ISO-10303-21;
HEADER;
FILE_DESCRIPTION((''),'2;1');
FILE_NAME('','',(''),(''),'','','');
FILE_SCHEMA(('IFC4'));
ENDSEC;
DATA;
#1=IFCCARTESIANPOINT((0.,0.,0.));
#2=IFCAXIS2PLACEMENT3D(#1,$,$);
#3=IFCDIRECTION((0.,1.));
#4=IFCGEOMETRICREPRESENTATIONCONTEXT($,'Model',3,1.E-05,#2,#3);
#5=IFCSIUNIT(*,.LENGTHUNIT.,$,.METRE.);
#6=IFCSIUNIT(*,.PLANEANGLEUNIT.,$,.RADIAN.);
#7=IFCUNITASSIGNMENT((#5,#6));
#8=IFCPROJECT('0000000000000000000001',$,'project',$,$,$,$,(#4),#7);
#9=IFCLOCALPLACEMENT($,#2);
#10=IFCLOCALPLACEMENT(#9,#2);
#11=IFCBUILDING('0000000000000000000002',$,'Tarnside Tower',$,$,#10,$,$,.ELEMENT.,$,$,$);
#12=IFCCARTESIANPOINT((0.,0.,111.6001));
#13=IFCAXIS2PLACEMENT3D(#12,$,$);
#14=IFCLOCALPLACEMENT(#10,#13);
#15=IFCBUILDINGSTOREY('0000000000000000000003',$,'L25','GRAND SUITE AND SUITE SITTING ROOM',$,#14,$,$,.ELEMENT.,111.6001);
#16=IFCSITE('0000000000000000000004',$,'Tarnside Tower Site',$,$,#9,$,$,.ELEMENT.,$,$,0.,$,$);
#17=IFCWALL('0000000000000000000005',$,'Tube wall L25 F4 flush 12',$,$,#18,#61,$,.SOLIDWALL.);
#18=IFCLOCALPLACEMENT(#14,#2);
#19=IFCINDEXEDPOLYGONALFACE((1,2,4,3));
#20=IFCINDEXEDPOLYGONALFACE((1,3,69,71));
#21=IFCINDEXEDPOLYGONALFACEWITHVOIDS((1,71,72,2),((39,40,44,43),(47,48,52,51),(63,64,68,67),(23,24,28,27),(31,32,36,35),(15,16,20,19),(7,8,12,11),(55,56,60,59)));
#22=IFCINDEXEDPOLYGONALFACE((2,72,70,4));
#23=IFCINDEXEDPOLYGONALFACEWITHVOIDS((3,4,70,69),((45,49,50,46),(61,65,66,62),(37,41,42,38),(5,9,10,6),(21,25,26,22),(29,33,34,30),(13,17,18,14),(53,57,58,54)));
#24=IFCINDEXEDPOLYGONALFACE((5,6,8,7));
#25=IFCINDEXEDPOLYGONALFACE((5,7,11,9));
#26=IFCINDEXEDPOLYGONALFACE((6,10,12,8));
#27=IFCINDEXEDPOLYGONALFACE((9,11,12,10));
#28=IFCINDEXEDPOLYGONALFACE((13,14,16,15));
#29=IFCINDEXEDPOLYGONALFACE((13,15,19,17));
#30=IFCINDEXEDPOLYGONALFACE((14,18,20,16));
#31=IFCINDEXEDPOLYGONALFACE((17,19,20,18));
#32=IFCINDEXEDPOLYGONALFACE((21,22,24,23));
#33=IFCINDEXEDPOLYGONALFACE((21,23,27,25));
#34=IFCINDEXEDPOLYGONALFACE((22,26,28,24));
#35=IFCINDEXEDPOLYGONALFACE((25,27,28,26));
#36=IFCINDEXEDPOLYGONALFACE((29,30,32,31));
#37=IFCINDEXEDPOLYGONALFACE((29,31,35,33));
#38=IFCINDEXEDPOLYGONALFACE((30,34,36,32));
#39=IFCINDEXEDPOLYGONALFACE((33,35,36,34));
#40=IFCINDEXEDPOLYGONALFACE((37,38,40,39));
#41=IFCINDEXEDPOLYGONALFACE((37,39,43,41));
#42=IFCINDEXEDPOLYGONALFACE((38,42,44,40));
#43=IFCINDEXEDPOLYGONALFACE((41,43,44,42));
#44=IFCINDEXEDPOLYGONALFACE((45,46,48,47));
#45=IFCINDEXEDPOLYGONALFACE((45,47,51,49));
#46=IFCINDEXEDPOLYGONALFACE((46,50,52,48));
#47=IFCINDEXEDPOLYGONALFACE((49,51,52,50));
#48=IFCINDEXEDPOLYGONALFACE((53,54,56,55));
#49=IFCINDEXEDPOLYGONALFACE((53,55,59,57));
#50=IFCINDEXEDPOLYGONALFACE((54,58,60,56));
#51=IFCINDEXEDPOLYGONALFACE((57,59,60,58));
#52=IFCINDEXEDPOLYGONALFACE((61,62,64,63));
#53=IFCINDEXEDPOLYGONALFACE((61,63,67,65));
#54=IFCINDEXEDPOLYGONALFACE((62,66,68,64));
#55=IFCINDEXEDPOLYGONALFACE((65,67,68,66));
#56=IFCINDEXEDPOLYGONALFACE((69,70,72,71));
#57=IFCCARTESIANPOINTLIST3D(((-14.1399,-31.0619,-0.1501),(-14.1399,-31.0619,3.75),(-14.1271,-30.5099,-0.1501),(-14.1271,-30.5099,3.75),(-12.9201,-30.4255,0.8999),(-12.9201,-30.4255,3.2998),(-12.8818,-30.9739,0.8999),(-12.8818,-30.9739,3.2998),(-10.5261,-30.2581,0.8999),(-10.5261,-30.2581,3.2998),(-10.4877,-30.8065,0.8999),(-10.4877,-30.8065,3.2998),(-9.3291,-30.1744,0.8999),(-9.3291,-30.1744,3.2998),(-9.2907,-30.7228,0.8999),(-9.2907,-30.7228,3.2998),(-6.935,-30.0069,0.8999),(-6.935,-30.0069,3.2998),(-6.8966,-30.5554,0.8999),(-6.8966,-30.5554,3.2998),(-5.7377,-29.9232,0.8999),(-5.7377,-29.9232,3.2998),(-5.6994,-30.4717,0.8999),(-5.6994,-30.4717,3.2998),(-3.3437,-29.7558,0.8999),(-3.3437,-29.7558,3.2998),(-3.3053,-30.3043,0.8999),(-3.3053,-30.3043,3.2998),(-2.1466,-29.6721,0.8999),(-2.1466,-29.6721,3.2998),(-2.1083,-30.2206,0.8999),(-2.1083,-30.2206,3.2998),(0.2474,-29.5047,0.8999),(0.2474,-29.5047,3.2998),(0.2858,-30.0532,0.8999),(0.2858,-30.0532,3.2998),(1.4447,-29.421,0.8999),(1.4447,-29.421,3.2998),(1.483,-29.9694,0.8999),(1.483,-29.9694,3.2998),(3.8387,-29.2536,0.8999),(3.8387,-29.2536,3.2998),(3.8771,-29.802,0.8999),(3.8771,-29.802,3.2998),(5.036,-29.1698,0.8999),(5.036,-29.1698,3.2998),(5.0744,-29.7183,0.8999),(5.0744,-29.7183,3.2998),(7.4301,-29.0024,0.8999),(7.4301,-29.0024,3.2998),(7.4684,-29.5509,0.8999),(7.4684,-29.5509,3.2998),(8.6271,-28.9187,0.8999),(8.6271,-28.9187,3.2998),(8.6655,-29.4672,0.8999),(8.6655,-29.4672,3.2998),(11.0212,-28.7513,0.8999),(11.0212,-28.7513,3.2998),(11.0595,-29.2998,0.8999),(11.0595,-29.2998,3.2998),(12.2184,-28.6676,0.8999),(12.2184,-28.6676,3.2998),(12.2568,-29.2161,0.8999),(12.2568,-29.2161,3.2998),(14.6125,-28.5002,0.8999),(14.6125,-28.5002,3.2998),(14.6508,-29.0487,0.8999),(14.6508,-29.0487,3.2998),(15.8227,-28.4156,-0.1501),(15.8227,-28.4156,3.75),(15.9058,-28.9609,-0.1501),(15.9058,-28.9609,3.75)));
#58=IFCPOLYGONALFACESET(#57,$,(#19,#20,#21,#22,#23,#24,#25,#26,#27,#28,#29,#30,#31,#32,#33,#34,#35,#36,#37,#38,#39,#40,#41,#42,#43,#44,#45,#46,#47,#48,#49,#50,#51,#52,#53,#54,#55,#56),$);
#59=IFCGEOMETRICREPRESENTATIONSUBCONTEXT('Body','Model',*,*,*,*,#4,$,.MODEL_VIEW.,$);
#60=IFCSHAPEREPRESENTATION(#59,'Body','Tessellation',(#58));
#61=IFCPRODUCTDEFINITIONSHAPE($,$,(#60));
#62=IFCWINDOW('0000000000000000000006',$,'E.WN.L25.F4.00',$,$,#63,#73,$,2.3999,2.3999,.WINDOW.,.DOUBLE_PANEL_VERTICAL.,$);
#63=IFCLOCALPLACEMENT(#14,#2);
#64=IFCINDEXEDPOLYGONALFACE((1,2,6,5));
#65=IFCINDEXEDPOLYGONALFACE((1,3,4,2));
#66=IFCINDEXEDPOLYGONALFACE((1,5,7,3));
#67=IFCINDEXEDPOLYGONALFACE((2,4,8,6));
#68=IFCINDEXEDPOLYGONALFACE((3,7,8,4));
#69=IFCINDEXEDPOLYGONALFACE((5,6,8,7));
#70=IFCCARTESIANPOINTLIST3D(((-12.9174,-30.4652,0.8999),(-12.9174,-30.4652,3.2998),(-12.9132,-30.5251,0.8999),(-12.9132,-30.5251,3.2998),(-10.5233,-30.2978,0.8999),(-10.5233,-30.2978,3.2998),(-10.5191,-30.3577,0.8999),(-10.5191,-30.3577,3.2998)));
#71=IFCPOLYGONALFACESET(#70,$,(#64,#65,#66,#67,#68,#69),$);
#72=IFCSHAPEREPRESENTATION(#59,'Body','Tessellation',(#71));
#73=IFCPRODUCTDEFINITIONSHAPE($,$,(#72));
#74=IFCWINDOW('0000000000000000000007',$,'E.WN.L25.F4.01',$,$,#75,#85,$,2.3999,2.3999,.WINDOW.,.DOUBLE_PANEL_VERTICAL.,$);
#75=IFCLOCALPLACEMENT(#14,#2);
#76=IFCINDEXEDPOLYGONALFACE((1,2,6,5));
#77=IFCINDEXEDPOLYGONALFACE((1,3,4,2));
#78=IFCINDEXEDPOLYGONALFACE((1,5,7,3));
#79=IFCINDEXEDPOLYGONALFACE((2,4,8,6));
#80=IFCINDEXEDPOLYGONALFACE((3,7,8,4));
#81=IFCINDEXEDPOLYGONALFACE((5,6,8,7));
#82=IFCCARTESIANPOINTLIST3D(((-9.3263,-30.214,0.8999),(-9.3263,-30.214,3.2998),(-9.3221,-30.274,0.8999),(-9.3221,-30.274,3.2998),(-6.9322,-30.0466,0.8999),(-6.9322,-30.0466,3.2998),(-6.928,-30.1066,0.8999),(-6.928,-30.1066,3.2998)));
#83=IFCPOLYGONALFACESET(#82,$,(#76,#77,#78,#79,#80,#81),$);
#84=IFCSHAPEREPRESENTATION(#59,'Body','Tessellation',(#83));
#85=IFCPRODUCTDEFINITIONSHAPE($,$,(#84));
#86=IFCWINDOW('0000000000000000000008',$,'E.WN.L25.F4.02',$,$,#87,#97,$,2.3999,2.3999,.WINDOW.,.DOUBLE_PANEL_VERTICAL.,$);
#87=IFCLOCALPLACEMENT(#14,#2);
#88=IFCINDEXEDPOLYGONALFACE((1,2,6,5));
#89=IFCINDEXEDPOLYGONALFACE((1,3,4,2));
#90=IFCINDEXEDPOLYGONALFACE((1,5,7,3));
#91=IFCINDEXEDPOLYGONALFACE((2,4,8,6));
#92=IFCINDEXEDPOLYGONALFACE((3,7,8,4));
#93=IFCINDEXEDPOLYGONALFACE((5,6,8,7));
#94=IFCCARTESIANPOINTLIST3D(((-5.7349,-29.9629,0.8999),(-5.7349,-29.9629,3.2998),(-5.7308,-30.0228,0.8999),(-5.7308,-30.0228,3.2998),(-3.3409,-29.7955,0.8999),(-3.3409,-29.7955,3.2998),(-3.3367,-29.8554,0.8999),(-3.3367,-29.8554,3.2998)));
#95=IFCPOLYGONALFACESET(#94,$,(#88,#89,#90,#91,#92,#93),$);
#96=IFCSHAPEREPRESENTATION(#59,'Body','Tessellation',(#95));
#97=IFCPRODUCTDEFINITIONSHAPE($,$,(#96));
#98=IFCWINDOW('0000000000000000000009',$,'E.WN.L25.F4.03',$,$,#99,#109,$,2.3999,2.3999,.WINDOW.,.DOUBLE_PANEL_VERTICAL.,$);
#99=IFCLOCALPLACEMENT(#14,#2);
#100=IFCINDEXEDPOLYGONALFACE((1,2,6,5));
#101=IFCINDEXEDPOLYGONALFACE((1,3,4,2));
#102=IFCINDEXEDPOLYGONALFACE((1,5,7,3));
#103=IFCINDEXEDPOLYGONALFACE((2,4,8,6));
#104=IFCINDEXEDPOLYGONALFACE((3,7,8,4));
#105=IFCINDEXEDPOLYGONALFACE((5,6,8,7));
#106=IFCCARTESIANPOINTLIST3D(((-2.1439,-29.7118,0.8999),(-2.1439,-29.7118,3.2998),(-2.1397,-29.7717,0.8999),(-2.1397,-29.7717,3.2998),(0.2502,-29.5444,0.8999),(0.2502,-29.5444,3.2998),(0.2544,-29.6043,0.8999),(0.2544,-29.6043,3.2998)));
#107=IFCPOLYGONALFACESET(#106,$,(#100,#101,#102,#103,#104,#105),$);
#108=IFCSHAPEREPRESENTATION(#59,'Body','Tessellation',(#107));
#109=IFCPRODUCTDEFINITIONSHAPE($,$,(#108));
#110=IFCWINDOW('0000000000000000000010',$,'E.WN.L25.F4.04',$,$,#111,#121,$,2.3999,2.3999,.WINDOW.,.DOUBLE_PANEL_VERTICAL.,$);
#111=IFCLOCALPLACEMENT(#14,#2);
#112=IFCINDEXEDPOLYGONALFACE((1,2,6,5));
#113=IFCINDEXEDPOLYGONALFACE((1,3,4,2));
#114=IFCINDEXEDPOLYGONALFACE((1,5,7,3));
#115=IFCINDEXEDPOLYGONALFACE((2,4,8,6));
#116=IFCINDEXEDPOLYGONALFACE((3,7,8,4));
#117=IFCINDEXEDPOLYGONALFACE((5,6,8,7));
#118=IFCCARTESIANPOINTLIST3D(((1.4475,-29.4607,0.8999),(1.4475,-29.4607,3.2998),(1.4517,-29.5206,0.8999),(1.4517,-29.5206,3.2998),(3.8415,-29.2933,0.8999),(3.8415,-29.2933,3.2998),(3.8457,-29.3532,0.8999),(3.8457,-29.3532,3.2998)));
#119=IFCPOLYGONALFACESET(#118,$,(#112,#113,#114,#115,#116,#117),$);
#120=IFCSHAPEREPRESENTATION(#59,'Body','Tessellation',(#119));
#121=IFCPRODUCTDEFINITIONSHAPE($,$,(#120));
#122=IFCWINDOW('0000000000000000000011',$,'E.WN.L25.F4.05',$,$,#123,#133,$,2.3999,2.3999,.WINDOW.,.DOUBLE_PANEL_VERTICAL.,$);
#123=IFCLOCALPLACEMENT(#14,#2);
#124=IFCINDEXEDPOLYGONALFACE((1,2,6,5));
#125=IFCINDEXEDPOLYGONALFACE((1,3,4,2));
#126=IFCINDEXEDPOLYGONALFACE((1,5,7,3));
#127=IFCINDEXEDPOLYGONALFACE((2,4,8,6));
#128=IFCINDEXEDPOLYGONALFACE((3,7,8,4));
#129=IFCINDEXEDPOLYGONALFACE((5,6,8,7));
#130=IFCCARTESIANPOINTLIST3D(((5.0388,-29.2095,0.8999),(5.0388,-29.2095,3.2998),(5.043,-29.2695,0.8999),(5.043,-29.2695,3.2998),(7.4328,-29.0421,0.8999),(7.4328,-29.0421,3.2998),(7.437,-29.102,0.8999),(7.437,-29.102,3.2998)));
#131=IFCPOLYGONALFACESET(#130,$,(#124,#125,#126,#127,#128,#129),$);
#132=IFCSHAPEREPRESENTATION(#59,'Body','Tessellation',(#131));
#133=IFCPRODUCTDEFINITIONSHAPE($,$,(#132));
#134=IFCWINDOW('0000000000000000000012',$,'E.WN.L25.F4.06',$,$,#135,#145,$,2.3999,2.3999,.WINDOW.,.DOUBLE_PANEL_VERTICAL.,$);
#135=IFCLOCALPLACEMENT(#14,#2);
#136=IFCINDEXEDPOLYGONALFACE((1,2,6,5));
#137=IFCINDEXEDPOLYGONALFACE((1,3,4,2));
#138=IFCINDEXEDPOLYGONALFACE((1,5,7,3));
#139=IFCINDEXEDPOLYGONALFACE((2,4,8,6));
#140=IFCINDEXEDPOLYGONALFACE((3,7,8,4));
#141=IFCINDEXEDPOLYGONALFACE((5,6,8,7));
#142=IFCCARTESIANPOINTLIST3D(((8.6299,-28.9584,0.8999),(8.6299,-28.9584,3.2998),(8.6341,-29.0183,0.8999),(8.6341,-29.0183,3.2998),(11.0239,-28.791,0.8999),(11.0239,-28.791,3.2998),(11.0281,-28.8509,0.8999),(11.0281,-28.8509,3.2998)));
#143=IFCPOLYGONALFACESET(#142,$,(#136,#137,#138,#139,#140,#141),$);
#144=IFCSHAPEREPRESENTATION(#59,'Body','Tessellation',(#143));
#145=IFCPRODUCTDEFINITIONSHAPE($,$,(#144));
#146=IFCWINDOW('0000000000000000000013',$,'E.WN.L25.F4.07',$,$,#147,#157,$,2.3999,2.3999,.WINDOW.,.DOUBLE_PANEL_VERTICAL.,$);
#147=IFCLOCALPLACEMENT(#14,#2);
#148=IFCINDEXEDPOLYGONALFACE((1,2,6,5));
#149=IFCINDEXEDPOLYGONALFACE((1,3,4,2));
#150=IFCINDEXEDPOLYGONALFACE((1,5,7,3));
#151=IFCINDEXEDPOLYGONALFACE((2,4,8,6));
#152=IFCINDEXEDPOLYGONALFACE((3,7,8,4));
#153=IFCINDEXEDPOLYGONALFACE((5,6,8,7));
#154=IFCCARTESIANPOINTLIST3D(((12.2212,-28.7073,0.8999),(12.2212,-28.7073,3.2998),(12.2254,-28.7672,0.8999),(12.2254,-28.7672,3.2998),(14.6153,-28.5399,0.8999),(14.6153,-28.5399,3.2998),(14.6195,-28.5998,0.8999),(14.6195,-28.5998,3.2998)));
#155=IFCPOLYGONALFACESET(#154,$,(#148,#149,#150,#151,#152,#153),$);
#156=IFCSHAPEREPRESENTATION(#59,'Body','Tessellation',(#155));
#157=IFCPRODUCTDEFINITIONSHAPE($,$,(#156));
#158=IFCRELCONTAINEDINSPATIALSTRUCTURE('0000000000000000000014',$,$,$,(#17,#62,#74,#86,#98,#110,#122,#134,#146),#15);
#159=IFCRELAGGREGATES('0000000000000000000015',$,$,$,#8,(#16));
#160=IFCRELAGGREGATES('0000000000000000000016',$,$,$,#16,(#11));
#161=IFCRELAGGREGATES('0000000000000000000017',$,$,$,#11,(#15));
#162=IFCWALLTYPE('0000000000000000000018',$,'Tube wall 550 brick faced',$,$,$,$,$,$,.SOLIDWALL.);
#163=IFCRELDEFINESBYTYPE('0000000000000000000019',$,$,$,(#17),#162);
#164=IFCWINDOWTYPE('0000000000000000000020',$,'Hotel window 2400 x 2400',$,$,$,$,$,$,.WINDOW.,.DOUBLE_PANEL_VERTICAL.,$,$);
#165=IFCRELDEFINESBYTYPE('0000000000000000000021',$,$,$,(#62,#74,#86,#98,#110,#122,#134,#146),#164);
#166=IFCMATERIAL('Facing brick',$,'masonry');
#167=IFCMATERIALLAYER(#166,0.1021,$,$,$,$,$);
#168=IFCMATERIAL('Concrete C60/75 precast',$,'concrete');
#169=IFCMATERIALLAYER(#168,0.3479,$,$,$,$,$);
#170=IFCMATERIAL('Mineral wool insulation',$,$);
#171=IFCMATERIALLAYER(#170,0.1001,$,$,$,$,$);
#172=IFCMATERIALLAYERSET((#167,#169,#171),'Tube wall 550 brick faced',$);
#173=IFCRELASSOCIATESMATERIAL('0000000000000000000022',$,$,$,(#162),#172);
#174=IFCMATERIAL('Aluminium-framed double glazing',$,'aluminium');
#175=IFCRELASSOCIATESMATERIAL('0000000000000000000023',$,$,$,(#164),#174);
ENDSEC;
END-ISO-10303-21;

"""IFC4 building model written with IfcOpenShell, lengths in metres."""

from ifc_helpers import new_model, si_unit, direction, frame, frame_2d, origin, place, context, subcontext, project, spatial, polyline, rectangle, outline, extrude, material, layer, layer_set, type_object, element, fill, save


model = new_model("IFC4")

# Units and contexts
model_context = context("Model", 3, precision=1e-05, world=origin(), true_north=direction((0.0, 1.0)))
body_context = subcontext(model_context, "Body", "Model", "MODEL_VIEW")
ifc_project = project(units=[si_unit("LENGTHUNIT", "METRE"), si_unit("PLANEANGLEUNIT", "RADIAN")], contexts=[model_context])

# Site, building, storey
site_placement = place(None, origin())
site = spatial("IfcSite", under=ifc_project, at=site_placement, Name="Tarnside Tower Site", CompositionType="ELEMENT", RefElevation=0.0)
building_placement = place(site_placement, origin())
building = spatial("IfcBuilding", under=site, at=building_placement, Name="Tarnside Tower", CompositionType="ELEMENT")
storey_placement = place(building_placement, frame((0.0, 0.0, 111.6001)))
storey = spatial("IfcBuildingStorey", under=building, at=storey_placement, Name="L25", Description="GRAND SUITE AND SUITE SITTING ROOM", CompositionType="ELEMENT", Elevation=111.6001)

# Shared definitions
ifc_material_1 = material(Name="Facing brick", Category="masonry")
ifc_layer_1 = layer(ifc_material_1, 0.1021)
ifc_material_2 = material(Name="Concrete C60/75 precast", Category="concrete")
ifc_layer_2 = layer(ifc_material_2, 0.3479)
ifc_material_3 = material(Name="Mineral wool insulation")
ifc_layer_3 = layer(ifc_material_3, 0.1001)
ifc_layer_set_1 = layer_set([ifc_layer_1, ifc_layer_2, ifc_layer_3], Name="Tube wall 550 brick faced")
wall_type_1 = type_object("IfcWallType", Name="Tube wall 550 brick faced", PredefinedType="SOLIDWALL", material=ifc_layer_set_1)

# Wall, openings, windows
wall_1_placement = place(storey_placement, frame((-14.1335, -30.7859, -0.1501), z_axis=(0.0, 0.0, 1.0), x_axis=(0.997564, 0.069757, 0.0)))
wall_1 = element("IfcWall", 1, at=wall_1_placement, inside=storey, type_object=wall_type_1, Name="Tube wall L25 F4 flush 12", PredefinedType="SOLIDWALL", context=body_context, shape_type="SweptSolid", body=[
    extrude(outline(polyline([(-0.0256, -0.2749), (30.0935, -0.2749), (30.0486, 0.2749), (0.0256, 0.2749), (-0.0256, -0.2749)])), origin(), (0.0, 0.0, 1.0), 3.9001),
])
opening_1_placement = place(wall_1_placement, frame((1.2356, 0.0, 1.05)))
opening_1 = element("IfcOpeningElement", 2, at=opening_1_placement, cuts=wall_1, PredefinedType="OPENING", context=body_context, shape_type="SweptSolid", body=[
    extrude(rectangle(XDim=2.3999, YDim=2.3999, at=frame_2d((1.2, 1.2))), frame((0.0, 0.2852, 0.0), z_axis=(0.0, -1.0, 0.0), x_axis=(1.0, 0.0, 0.0)), (0.0, 0.0, 1.0), 0.5701),
])
opening_2_placement = place(wall_1_placement, frame((4.8354, 0.0, 1.05)))
opening_2 = element("IfcOpeningElement", 3, at=opening_2_placement, cuts=wall_1, PredefinedType="OPENING", context=body_context, shape_type="SweptSolid", body=[
    extrude(rectangle(XDim=2.3999, YDim=2.3999, at=frame_2d((1.2, 1.2))), frame((0.0, 0.2852, 0.0), z_axis=(0.0, -1.0, 0.0), x_axis=(1.0, 0.0, 0.0)), (0.0, 0.0, 1.0), 0.5701),
])
opening_3_placement = place(wall_1_placement, frame((8.4355, 0.0, 1.05)))
opening_3 = element("IfcOpeningElement", 4, at=opening_3_placement, cuts=wall_1, PredefinedType="OPENING", context=body_context, shape_type="SweptSolid", body=[
    extrude(rectangle(XDim=2.3999, YDim=2.3999, at=frame_2d((1.2, 1.2))), frame((0.0, 0.2852, 0.0), z_axis=(0.0, -1.0, 0.0), x_axis=(1.0, 0.0, 0.0)), (0.0, 0.0, 1.0), 0.5701),
])
opening_4_placement = place(wall_1_placement, frame((12.0354, 0.0, 1.05)))
opening_4 = element("IfcOpeningElement", 5, at=opening_4_placement, cuts=wall_1, PredefinedType="OPENING", context=body_context, shape_type="SweptSolid", body=[
    extrude(rectangle(XDim=2.3999, YDim=2.3999, at=frame_2d((1.2, 1.2))), frame((0.0, 0.2852, 0.0), z_axis=(0.0, -1.0, 0.0), x_axis=(1.0, 0.0, 0.0)), (0.0, 0.0, 1.0), 0.5701),
])
opening_5_placement = place(wall_1_placement, frame((15.6355, 0.0, 1.05)))
opening_5 = element("IfcOpeningElement", 6, at=opening_5_placement, cuts=wall_1, PredefinedType="OPENING", context=body_context, shape_type="SweptSolid", body=[
    extrude(rectangle(XDim=2.3999, YDim=2.3999, at=frame_2d((1.2, 1.2))), frame((0.0, 0.2852, 0.0), z_axis=(0.0, -1.0, 0.0), x_axis=(1.0, 0.0, 0.0)), (0.0, 0.0, 1.0), 0.5701),
])
opening_6_placement = place(wall_1_placement, frame((19.2356, 0.0, 1.05)))
opening_6 = element("IfcOpeningElement", 7, at=opening_6_placement, cuts=wall_1, PredefinedType="OPENING", context=body_context, shape_type="SweptSolid", body=[
    extrude(rectangle(XDim=2.3999, YDim=2.3999, at=frame_2d((1.2, 1.2))), frame((0.0, 0.2852, 0.0), z_axis=(0.0, -1.0, 0.0), x_axis=(1.0, 0.0, 0.0)), (0.0, 0.0, 1.0), 0.5701),
])
opening_7_placement = place(wall_1_placement, frame((22.8354, 0.0, 1.05)))
opening_7 = element("IfcOpeningElement", 8, at=opening_7_placement, cuts=wall_1, PredefinedType="OPENING", context=body_context, shape_type="SweptSolid", body=[
    extrude(rectangle(XDim=2.3999, YDim=2.3999, at=frame_2d((1.2, 1.2))), frame((0.0, 0.2852, 0.0), z_axis=(0.0, -1.0, 0.0), x_axis=(1.0, 0.0, 0.0)), (0.0, 0.0, 1.0), 0.5701),
])
opening_8_placement = place(wall_1_placement, frame((26.4355, 0.0, 1.05)))
opening_8 = element("IfcOpeningElement", 9, at=opening_8_placement, cuts=wall_1, PredefinedType="OPENING", context=body_context, shape_type="SweptSolid", body=[
    extrude(rectangle(XDim=2.3999, YDim=2.3999, at=frame_2d((1.2, 1.2))), frame((0.0, 0.2852, 0.0), z_axis=(0.0, -1.0, 0.0), x_axis=(1.0, 0.0, 0.0)), (0.0, 0.0, 1.0), 0.5701),
])
ifc_material_4 = material(Name="Aluminium-framed double glazing", Category="aluminium")
window_type = type_object("IfcWindowType", Name="Hotel window 2400 x 2400", PartitioningType="DOUBLE_PANEL_VERTICAL", PredefinedType="WINDOW", material=ifc_material_4)
window_1_placement = place(opening_1_placement, frame((0.0, 0.2051, 0.0)))
window_1 = element("IfcWindow", 10, at=window_1_placement, inside=storey, type_object=window_type, Name="E.WN.L25.F4.00", OverallHeight=2.3999, OverallWidth=2.3999, PartitioningType="DOUBLE_PANEL_VERTICAL", PredefinedType="WINDOW", context=body_context, shape_type="SweptSolid", body=[
    extrude(rectangle(XDim=2.3999, YDim=2.3999, at=frame_2d((1.2, 1.2))), frame((0.0, 0.03, 0.0), z_axis=(0.0, -1.0, 0.0), x_axis=(1.0, 0.0, 0.0)), (0.0, 0.0, 1.0), 0.0601),
])
fill(opening_1, window_1)
window_2_placement = place(opening_2_placement, frame((0.0, 0.2051, 0.0)))
window_2 = element("IfcWindow", 11, at=window_2_placement, inside=storey, type_object=window_type, Name="E.WN.L25.F4.01", OverallHeight=2.3999, OverallWidth=2.3999, PartitioningType="DOUBLE_PANEL_VERTICAL", PredefinedType="WINDOW", context=body_context, shape_type="SweptSolid", body=[
    extrude(rectangle(XDim=2.3999, YDim=2.3999, at=frame_2d((1.2, 1.2))), frame((0.0, 0.03, 0.0), z_axis=(0.0, -1.0, 0.0), x_axis=(1.0, 0.0, 0.0)), (0.0, 0.0, 1.0), 0.0601),
])
fill(opening_2, window_2)
window_3_placement = place(opening_3_placement, frame((0.0, 0.2051, 0.0)))
window_3 = element("IfcWindow", 12, at=window_3_placement, inside=storey, type_object=window_type, Name="E.WN.L25.F4.02", OverallHeight=2.3999, OverallWidth=2.3999, PartitioningType="DOUBLE_PANEL_VERTICAL", PredefinedType="WINDOW", context=body_context, shape_type="SweptSolid", body=[
    extrude(rectangle(XDim=2.3999, YDim=2.3999, at=frame_2d((1.2, 1.2))), frame((0.0, 0.03, 0.0), z_axis=(0.0, -1.0, 0.0), x_axis=(1.0, 0.0, 0.0)), (0.0, 0.0, 1.0), 0.0601),
])
fill(opening_3, window_3)
window_4_placement = place(opening_4_placement, frame((0.0, 0.2051, 0.0)))
window_4 = element("IfcWindow", 13, at=window_4_placement, inside=storey, type_object=window_type, Name="E.WN.L25.F4.03", OverallHeight=2.3999, OverallWidth=2.3999, PartitioningType="DOUBLE_PANEL_VERTICAL", PredefinedType="WINDOW", context=body_context, shape_type="SweptSolid", body=[
    extrude(rectangle(XDim=2.3999, YDim=2.3999, at=frame_2d((1.2, 1.2))), frame((0.0, 0.03, 0.0), z_axis=(0.0, -1.0, 0.0), x_axis=(1.0, 0.0, 0.0)), (0.0, 0.0, 1.0), 0.0601),
])
fill(opening_4, window_4)
window_5_placement = place(opening_5_placement, frame((0.0, 0.2051, 0.0)))
window_5 = element("IfcWindow", 14, at=window_5_placement, inside=storey, type_object=window_type, Name="E.WN.L25.F4.04", OverallHeight=2.3999, OverallWidth=2.3999, PartitioningType="DOUBLE_PANEL_VERTICAL", PredefinedType="WINDOW", context=body_context, shape_type="SweptSolid", body=[
    extrude(rectangle(XDim=2.3999, YDim=2.3999, at=frame_2d((1.2, 1.2))), frame((0.0, 0.03, 0.0), z_axis=(0.0, -1.0, 0.0), x_axis=(1.0, 0.0, 0.0)), (0.0, 0.0, 1.0), 0.0601),
])
fill(opening_5, window_5)
window_6_placement = place(opening_6_placement, frame((0.0, 0.2051, 0.0)))
window_6 = element("IfcWindow", 15, at=window_6_placement, inside=storey, type_object=window_type, Name="E.WN.L25.F4.05", OverallHeight=2.3999, OverallWidth=2.3999, PartitioningType="DOUBLE_PANEL_VERTICAL", PredefinedType="WINDOW", context=body_context, shape_type="SweptSolid", body=[
    extrude(rectangle(XDim=2.3999, YDim=2.3999, at=frame_2d((1.2, 1.2))), frame((0.0, 0.03, 0.0), z_axis=(0.0, -1.0, 0.0), x_axis=(1.0, 0.0, 0.0)), (0.0, 0.0, 1.0), 0.0601),
])
fill(opening_6, window_6)
window_7_placement = place(opening_7_placement, frame((0.0, 0.2051, 0.0)))
window_7 = element("IfcWindow", 16, at=window_7_placement, inside=storey, type_object=window_type, Name="E.WN.L25.F4.06", OverallHeight=2.3999, OverallWidth=2.3999, PartitioningType="DOUBLE_PANEL_VERTICAL", PredefinedType="WINDOW", context=body_context, shape_type="SweptSolid", body=[
    extrude(rectangle(XDim=2.3999, YDim=2.3999, at=frame_2d((1.2, 1.2))), frame((0.0, 0.03, 0.0), z_axis=(0.0, -1.0, 0.0), x_axis=(1.0, 0.0, 0.0)), (0.0, 0.0, 1.0), 0.0601),
])
fill(opening_7, window_7)
window_8_placement = place(opening_8_placement, frame((0.0, 0.2051, 0.0)))
window_8 = element("IfcWindow", 17, at=window_8_placement, inside=storey, type_object=window_type, Name="E.WN.L25.F4.07", OverallHeight=2.3999, OverallWidth=2.3999, PartitioningType="DOUBLE_PANEL_VERTICAL", PredefinedType="WINDOW", context=body_context, shape_type="SweptSolid", body=[
    extrude(rectangle(XDim=2.3999, YDim=2.3999, at=frame_2d((1.2, 1.2))), frame((0.0, 0.03, 0.0), z_axis=(0.0, -1.0, 0.0), x_axis=(1.0, 0.0, 0.0)), (0.0, 0.0, 1.0), 0.0601),
])
fill(opening_8, window_8)

save(model, "model.ifc")
